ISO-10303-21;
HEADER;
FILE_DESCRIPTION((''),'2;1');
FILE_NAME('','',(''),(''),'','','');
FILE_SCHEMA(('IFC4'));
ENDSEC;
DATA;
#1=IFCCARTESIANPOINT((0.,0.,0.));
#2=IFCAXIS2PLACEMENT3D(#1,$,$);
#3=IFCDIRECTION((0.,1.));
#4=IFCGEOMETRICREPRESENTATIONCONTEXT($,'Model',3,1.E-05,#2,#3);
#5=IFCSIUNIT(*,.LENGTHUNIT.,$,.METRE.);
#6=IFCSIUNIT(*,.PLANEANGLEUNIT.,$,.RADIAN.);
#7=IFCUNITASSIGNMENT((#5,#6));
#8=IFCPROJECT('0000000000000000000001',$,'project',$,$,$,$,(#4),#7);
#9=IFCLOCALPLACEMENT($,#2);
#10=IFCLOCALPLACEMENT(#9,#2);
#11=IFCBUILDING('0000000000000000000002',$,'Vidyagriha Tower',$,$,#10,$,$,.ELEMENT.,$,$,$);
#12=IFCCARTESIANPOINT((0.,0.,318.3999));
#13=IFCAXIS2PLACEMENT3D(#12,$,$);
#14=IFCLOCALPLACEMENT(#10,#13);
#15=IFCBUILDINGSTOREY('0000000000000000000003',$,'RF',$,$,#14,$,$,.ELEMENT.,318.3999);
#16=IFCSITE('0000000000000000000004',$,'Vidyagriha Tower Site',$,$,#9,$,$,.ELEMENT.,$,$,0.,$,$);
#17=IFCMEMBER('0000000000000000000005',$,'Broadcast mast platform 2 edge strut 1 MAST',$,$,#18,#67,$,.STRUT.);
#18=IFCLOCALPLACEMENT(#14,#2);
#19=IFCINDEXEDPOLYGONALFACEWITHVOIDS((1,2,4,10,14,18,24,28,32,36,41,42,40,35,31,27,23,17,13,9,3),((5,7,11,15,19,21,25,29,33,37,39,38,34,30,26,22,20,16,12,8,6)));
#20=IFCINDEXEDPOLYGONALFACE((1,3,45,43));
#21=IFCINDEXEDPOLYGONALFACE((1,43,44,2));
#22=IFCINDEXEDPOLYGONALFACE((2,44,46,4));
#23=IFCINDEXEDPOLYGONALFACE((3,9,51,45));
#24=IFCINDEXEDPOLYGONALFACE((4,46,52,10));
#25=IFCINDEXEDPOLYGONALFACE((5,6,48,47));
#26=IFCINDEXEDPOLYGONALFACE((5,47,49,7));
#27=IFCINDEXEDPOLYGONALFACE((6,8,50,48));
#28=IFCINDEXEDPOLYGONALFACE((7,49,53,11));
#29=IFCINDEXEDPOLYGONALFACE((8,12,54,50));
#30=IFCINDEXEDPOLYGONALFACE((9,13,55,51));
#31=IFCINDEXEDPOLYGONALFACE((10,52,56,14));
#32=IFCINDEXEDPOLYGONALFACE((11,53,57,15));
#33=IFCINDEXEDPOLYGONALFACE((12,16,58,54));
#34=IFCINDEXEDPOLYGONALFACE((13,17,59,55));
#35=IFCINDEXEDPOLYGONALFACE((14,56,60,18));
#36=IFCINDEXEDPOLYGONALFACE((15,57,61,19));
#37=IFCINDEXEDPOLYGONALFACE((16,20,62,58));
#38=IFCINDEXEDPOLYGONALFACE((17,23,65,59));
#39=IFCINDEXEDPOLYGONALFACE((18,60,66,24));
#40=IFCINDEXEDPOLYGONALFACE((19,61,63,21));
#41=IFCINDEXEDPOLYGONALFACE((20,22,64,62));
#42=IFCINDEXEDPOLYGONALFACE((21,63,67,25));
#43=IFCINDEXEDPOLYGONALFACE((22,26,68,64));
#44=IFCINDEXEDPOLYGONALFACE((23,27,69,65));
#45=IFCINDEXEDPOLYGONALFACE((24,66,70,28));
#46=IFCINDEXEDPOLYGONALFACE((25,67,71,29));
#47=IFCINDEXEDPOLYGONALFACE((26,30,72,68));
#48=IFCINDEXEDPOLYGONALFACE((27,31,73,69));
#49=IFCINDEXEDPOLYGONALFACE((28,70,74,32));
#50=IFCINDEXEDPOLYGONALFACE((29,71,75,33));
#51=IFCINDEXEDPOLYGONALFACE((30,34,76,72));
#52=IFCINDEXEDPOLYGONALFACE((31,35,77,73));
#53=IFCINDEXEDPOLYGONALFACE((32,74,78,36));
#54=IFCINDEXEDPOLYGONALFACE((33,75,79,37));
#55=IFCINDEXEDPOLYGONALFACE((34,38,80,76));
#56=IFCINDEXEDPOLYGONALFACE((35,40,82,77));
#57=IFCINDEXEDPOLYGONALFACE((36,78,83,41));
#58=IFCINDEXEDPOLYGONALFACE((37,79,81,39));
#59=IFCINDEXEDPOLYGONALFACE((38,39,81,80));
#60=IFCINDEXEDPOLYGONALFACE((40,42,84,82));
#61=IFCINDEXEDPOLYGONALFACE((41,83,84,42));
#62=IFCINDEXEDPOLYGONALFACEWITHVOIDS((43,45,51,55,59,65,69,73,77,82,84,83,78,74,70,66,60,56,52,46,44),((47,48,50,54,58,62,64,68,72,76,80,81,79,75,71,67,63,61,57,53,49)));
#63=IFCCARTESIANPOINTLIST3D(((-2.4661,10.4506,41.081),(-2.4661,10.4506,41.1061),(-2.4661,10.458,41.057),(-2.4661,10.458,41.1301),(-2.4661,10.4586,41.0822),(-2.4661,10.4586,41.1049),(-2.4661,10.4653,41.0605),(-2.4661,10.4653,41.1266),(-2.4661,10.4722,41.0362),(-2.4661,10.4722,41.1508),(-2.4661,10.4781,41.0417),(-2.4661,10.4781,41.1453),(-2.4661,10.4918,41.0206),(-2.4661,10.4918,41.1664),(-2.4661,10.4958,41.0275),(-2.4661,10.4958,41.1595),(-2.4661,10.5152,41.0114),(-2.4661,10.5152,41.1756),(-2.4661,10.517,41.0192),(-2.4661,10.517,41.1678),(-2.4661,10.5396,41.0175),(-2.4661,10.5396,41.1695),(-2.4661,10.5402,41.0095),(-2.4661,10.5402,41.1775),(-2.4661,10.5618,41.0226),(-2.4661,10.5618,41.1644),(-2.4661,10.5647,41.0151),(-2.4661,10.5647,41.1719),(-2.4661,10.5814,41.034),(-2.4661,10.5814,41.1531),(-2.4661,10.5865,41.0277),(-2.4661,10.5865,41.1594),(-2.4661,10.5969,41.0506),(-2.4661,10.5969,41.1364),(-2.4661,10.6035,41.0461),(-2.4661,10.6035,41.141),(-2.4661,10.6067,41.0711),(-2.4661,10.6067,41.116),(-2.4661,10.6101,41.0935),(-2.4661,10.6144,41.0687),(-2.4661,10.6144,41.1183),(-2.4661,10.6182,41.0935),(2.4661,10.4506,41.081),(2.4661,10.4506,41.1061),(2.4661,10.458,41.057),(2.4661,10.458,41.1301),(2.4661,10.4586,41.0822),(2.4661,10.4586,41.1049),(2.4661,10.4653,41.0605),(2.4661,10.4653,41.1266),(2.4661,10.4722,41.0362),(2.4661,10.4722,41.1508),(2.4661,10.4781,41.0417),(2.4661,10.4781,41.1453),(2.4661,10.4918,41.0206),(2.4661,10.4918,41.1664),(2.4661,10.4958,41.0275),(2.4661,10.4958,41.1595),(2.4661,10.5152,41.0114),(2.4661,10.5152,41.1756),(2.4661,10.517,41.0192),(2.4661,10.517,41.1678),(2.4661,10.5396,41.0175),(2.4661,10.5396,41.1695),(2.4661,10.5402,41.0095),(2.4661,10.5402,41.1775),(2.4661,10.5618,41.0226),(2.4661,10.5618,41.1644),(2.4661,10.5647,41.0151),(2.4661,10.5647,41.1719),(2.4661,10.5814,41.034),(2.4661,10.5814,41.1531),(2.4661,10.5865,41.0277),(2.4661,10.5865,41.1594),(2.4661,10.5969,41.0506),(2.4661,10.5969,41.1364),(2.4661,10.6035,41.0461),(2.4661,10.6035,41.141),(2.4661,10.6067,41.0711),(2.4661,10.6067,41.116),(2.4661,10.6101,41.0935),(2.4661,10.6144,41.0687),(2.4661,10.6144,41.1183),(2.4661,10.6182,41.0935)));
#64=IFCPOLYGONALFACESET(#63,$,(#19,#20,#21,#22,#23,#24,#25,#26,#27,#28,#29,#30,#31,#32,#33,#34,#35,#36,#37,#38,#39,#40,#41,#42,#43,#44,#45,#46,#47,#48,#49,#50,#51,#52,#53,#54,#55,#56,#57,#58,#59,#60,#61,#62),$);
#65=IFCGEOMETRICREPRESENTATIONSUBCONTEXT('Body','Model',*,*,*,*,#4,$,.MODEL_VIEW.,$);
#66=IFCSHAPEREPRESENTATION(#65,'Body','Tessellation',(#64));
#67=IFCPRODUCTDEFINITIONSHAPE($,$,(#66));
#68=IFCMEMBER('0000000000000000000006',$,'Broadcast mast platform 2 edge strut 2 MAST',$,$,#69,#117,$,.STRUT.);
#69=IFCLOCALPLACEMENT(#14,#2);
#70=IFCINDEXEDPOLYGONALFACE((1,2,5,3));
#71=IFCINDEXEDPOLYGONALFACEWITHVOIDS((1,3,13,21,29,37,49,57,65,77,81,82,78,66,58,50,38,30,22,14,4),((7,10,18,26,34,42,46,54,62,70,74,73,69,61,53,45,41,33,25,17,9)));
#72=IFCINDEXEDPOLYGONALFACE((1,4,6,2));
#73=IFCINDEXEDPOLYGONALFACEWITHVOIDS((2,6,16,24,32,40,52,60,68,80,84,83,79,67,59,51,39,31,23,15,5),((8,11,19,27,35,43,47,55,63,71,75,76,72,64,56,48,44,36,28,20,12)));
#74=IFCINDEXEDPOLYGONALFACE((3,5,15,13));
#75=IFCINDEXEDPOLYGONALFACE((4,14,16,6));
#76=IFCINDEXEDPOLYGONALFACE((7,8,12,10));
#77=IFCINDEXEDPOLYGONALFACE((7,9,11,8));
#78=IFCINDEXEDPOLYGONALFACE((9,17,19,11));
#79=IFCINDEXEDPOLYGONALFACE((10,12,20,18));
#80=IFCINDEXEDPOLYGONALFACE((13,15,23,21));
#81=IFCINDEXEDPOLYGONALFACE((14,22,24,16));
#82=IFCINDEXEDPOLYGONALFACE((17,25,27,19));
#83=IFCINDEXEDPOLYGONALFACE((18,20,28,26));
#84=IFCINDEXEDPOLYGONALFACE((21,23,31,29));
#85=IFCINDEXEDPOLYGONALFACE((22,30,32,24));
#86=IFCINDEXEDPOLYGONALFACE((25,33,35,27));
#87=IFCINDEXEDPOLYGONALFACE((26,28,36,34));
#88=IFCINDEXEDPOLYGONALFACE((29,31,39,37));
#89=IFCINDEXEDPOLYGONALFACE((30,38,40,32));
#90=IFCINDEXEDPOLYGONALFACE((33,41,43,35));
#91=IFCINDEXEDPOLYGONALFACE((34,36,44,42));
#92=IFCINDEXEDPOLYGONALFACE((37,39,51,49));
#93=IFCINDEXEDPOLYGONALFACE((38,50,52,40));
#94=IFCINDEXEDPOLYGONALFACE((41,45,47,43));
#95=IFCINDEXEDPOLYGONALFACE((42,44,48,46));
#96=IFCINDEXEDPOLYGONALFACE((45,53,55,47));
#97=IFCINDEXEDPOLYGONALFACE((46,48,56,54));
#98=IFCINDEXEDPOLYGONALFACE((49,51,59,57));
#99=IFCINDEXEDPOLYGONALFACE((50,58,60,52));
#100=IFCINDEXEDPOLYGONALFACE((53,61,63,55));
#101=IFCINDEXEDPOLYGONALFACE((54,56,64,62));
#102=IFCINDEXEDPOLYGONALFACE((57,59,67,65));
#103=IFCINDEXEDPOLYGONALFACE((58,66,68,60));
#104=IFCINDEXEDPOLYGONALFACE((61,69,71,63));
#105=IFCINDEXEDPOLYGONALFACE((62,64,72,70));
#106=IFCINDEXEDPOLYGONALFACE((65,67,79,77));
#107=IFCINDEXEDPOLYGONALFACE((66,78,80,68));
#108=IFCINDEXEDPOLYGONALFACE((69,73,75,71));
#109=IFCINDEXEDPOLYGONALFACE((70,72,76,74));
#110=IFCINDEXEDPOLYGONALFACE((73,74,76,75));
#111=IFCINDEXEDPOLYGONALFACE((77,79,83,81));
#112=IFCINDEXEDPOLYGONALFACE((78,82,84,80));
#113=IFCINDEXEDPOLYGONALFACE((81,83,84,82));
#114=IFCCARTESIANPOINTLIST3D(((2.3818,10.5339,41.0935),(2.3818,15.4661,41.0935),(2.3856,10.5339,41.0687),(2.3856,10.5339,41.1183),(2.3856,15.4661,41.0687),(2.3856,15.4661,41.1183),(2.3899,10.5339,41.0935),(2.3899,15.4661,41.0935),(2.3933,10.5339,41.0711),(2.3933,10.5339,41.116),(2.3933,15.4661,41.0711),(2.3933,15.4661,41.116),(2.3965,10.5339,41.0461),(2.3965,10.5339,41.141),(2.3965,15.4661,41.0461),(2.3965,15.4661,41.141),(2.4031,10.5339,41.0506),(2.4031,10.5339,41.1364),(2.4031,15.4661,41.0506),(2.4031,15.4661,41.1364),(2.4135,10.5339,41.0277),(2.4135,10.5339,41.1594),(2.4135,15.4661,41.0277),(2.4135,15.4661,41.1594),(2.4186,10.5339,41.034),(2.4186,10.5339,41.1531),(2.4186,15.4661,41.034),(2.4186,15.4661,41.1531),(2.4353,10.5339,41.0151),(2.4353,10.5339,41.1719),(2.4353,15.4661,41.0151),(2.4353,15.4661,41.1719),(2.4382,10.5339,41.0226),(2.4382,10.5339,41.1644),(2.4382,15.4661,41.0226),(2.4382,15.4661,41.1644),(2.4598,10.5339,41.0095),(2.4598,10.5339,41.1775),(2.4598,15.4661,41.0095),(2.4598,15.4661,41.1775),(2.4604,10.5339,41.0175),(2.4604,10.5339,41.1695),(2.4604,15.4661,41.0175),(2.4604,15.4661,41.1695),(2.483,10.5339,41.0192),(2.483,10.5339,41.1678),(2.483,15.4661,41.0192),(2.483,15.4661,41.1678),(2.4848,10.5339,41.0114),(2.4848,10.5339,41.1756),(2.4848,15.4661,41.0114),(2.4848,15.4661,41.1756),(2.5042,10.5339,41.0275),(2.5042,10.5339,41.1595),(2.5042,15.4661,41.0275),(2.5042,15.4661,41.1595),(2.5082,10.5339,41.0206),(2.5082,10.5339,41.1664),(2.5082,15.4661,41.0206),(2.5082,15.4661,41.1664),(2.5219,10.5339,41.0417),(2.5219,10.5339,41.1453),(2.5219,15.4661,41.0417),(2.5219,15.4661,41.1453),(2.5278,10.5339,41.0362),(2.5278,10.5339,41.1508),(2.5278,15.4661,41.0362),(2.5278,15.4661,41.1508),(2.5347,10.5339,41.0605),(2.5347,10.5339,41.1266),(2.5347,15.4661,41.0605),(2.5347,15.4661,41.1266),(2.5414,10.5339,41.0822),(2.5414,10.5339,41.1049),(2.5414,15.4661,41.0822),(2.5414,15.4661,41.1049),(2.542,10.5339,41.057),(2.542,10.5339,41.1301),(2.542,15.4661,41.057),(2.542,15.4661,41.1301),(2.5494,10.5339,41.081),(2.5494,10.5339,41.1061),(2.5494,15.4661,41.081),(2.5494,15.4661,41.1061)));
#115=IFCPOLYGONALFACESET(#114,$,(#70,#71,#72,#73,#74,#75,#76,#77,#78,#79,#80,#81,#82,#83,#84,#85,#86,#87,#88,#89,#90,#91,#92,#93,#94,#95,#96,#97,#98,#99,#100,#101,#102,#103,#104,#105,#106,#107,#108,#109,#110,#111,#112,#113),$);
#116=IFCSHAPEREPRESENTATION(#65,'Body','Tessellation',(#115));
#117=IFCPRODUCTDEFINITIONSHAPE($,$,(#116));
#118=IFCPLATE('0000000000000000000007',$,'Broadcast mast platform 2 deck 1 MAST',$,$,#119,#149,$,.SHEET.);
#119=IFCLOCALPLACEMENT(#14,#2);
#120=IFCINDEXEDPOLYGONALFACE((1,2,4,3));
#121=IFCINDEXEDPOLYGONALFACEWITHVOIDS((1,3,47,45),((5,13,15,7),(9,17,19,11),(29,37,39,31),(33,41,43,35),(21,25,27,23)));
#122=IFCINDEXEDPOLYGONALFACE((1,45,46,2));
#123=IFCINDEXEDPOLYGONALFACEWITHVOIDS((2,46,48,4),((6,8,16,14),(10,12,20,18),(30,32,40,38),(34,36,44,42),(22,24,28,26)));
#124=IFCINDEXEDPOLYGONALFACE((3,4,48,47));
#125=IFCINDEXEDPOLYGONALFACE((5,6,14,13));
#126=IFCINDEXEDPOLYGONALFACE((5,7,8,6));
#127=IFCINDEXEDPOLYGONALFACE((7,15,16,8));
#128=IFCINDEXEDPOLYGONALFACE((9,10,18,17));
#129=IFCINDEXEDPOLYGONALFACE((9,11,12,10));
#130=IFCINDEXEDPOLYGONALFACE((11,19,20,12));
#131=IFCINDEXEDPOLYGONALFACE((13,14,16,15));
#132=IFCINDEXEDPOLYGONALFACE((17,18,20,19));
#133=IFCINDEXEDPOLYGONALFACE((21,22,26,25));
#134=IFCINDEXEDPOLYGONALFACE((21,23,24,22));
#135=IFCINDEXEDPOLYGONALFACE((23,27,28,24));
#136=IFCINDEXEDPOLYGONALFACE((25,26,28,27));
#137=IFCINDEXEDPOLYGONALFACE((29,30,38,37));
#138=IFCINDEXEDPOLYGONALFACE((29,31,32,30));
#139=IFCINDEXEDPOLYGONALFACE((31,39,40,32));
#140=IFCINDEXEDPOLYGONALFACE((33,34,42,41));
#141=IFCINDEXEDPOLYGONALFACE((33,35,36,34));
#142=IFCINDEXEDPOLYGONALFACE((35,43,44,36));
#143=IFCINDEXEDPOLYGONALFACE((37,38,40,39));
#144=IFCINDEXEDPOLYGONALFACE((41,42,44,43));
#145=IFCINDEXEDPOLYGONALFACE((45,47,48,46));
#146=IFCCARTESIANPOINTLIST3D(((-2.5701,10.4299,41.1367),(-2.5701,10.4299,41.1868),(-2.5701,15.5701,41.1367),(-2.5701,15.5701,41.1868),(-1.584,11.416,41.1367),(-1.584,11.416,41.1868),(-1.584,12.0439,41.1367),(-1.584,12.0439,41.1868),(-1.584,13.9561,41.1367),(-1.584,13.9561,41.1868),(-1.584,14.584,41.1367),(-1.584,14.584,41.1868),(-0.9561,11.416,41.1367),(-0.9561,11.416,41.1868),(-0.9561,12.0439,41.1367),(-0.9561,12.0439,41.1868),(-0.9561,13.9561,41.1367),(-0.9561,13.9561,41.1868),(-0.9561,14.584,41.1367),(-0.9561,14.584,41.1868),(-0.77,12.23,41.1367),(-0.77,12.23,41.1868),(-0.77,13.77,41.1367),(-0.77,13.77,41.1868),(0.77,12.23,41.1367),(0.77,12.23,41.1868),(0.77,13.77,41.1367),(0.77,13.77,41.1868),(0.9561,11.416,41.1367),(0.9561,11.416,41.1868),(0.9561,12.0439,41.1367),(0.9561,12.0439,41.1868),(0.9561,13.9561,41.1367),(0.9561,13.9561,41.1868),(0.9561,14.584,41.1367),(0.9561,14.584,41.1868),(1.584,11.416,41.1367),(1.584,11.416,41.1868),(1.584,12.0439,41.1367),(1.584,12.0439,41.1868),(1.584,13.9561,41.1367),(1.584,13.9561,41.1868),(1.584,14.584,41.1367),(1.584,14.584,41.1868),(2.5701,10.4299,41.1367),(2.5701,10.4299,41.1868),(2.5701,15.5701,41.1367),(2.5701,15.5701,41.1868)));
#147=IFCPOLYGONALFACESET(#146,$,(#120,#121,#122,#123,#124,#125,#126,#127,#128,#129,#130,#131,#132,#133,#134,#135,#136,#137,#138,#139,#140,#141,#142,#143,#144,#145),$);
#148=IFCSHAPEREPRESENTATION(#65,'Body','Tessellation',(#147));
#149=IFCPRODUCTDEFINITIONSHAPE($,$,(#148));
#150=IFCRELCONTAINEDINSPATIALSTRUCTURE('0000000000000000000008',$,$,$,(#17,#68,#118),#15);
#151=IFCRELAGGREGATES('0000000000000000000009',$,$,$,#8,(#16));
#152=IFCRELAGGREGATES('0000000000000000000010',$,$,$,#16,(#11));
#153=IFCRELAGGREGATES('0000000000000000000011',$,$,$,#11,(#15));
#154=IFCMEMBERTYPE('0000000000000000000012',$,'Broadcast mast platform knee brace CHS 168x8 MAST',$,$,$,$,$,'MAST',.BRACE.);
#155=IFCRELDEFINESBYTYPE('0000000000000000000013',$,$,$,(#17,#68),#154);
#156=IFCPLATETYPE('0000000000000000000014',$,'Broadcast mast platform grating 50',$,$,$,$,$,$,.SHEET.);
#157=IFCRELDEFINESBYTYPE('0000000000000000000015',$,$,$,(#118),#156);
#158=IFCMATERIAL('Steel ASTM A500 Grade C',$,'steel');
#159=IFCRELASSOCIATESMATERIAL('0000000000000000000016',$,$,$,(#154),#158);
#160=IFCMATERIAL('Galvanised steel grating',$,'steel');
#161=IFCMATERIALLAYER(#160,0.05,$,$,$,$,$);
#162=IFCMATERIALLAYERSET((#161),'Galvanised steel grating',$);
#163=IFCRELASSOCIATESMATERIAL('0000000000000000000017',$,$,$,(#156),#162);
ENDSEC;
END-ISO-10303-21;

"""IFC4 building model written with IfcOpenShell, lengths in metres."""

from ifc_helpers import new_model, si_unit, direction, frame, origin, origin_2d, place, context, subcontext, project, spatial, polyline, hollow_circle, outline, extrude, material, layer, layer_set, material_profile, profile_set, type_object, element, save


model = new_model("IFC4")

# Units and contexts
model_context = context("Model", 3, precision=1e-05, world=origin(), true_north=direction((0.0, 1.0)))
body_context = subcontext(model_context, "Body", "Model", "MODEL_VIEW")
ifc_project = project(units=[si_unit("LENGTHUNIT", "METRE"), si_unit("PLANEANGLEUNIT", "RADIAN")], contexts=[model_context])

# Site, building, storey
site_placement = place(None, origin())
site = spatial("IfcSite", under=ifc_project, at=site_placement, Name="Vidyagriha Tower Site", CompositionType="ELEMENT", RefElevation=0.0)
building_placement = place(site_placement, origin())
building = spatial("IfcBuilding", under=site, at=building_placement, Name="Vidyagriha Tower", CompositionType="ELEMENT")
storey_placement = place(building_placement, frame((0.0, 0.0, 318.3999)))
storey = spatial("IfcBuildingStorey", under=building, at=storey_placement, Name="RF", CompositionType="ELEMENT", Elevation=318.3999)

# Members
ifc_material_1 = material(Name="Steel ASTM A500 Grade C", Category="steel")
ifc_material_profile_1 = material_profile(ifc_material_1, hollow_circle(Radius=0.0842, WallThickness=0.0081, at=origin_2d()), Name="Broadcast mast platform knee brace CHS 168x8 MAST")
ifc_profile_set_1 = profile_set([ifc_material_profile_1], Name="Steel ASTM A500 Grade C")
member_type_1 = type_object("IfcMemberType", Name="Broadcast mast platform knee brace CHS 168x8 MAST", ElementType="MAST", PredefinedType="BRACE", material=ifc_profile_set_1)
for number, where, z_axis, x_axis, name in (
    (1, (-2.4661, 10.5339, 41.0935), (1.0, 0.0, 0.0), (0.0, 1.0, 0.0), "Broadcast mast platform 2 edge strut 1 MAST"),
    (2, (2.4661, 10.5339, 41.0935), (0.0, 1.0, 0.0), (-1.0, 0.0, 0.0), "Broadcast mast platform 2 edge strut 2 MAST"),
):
    element("IfcMember", number, at=place(storey_placement, frame(where, z_axis=z_axis, x_axis=x_axis)), inside=storey, type_object=member_type_1, Name=name, PredefinedType="STRUT", context=body_context, shape_type="SweptSolid", body=[
        extrude(hollow_circle(Radius=0.0842, WallThickness=0.0081, at=origin_2d()), origin(), (0.0, 0.0, 1.0), 4.9321),
    ])

# Plate
ifc_material_2 = material(Name="Galvanised steel grating", Category="steel")
ifc_layer = layer(ifc_material_2, 0.05)
ifc_layer_set = layer_set([ifc_layer], Name="Galvanised steel grating")
plate_type = type_object("IfcPlateType", Name="Broadcast mast platform grating 50", PredefinedType="SHEET", material=ifc_layer_set)
plate_placement = place(storey_placement, frame((0.0, 0.0, 41.1367)))
element("IfcPlate", 3, at=plate_placement, inside=storey, type_object=plate_type, Name="Broadcast mast platform 2 deck 1 MAST", PredefinedType="SHEET", context=body_context, shape_type="SweptSolid", body=[
    extrude(outline(polyline([(-2.5701, 15.5701), (-2.5701, 10.4299), (2.5701, 10.4299), (2.5701, 15.5701), (-2.5701, 15.5701)]), holes=[polyline([(0.77, 12.23), (-0.77, 12.23), (-0.77, 13.77), (0.77, 13.77), (0.77, 12.23)]), polyline([(-1.584, 11.416), (-1.584, 12.0439), (-0.9561, 12.0439), (-0.9561, 11.416), (-1.584, 11.416)]), polyline([(0.9561, 12.0439), (1.584, 12.0439), (1.584, 11.416), (0.9561, 11.416), (0.9561, 12.0439)]), polyline([(1.584, 14.584), (1.584, 13.9561), (0.9561, 13.9561), (0.9561, 14.584), (1.584, 14.584)]), polyline([(-0.9561, 13.9561), (-1.584, 13.9561), (-1.584, 14.584), (-0.9561, 14.584), (-0.9561, 13.9561)])]), origin(), (0.0, 0.0, 1.0), 0.05),
])

save(model, "model.ifc")
